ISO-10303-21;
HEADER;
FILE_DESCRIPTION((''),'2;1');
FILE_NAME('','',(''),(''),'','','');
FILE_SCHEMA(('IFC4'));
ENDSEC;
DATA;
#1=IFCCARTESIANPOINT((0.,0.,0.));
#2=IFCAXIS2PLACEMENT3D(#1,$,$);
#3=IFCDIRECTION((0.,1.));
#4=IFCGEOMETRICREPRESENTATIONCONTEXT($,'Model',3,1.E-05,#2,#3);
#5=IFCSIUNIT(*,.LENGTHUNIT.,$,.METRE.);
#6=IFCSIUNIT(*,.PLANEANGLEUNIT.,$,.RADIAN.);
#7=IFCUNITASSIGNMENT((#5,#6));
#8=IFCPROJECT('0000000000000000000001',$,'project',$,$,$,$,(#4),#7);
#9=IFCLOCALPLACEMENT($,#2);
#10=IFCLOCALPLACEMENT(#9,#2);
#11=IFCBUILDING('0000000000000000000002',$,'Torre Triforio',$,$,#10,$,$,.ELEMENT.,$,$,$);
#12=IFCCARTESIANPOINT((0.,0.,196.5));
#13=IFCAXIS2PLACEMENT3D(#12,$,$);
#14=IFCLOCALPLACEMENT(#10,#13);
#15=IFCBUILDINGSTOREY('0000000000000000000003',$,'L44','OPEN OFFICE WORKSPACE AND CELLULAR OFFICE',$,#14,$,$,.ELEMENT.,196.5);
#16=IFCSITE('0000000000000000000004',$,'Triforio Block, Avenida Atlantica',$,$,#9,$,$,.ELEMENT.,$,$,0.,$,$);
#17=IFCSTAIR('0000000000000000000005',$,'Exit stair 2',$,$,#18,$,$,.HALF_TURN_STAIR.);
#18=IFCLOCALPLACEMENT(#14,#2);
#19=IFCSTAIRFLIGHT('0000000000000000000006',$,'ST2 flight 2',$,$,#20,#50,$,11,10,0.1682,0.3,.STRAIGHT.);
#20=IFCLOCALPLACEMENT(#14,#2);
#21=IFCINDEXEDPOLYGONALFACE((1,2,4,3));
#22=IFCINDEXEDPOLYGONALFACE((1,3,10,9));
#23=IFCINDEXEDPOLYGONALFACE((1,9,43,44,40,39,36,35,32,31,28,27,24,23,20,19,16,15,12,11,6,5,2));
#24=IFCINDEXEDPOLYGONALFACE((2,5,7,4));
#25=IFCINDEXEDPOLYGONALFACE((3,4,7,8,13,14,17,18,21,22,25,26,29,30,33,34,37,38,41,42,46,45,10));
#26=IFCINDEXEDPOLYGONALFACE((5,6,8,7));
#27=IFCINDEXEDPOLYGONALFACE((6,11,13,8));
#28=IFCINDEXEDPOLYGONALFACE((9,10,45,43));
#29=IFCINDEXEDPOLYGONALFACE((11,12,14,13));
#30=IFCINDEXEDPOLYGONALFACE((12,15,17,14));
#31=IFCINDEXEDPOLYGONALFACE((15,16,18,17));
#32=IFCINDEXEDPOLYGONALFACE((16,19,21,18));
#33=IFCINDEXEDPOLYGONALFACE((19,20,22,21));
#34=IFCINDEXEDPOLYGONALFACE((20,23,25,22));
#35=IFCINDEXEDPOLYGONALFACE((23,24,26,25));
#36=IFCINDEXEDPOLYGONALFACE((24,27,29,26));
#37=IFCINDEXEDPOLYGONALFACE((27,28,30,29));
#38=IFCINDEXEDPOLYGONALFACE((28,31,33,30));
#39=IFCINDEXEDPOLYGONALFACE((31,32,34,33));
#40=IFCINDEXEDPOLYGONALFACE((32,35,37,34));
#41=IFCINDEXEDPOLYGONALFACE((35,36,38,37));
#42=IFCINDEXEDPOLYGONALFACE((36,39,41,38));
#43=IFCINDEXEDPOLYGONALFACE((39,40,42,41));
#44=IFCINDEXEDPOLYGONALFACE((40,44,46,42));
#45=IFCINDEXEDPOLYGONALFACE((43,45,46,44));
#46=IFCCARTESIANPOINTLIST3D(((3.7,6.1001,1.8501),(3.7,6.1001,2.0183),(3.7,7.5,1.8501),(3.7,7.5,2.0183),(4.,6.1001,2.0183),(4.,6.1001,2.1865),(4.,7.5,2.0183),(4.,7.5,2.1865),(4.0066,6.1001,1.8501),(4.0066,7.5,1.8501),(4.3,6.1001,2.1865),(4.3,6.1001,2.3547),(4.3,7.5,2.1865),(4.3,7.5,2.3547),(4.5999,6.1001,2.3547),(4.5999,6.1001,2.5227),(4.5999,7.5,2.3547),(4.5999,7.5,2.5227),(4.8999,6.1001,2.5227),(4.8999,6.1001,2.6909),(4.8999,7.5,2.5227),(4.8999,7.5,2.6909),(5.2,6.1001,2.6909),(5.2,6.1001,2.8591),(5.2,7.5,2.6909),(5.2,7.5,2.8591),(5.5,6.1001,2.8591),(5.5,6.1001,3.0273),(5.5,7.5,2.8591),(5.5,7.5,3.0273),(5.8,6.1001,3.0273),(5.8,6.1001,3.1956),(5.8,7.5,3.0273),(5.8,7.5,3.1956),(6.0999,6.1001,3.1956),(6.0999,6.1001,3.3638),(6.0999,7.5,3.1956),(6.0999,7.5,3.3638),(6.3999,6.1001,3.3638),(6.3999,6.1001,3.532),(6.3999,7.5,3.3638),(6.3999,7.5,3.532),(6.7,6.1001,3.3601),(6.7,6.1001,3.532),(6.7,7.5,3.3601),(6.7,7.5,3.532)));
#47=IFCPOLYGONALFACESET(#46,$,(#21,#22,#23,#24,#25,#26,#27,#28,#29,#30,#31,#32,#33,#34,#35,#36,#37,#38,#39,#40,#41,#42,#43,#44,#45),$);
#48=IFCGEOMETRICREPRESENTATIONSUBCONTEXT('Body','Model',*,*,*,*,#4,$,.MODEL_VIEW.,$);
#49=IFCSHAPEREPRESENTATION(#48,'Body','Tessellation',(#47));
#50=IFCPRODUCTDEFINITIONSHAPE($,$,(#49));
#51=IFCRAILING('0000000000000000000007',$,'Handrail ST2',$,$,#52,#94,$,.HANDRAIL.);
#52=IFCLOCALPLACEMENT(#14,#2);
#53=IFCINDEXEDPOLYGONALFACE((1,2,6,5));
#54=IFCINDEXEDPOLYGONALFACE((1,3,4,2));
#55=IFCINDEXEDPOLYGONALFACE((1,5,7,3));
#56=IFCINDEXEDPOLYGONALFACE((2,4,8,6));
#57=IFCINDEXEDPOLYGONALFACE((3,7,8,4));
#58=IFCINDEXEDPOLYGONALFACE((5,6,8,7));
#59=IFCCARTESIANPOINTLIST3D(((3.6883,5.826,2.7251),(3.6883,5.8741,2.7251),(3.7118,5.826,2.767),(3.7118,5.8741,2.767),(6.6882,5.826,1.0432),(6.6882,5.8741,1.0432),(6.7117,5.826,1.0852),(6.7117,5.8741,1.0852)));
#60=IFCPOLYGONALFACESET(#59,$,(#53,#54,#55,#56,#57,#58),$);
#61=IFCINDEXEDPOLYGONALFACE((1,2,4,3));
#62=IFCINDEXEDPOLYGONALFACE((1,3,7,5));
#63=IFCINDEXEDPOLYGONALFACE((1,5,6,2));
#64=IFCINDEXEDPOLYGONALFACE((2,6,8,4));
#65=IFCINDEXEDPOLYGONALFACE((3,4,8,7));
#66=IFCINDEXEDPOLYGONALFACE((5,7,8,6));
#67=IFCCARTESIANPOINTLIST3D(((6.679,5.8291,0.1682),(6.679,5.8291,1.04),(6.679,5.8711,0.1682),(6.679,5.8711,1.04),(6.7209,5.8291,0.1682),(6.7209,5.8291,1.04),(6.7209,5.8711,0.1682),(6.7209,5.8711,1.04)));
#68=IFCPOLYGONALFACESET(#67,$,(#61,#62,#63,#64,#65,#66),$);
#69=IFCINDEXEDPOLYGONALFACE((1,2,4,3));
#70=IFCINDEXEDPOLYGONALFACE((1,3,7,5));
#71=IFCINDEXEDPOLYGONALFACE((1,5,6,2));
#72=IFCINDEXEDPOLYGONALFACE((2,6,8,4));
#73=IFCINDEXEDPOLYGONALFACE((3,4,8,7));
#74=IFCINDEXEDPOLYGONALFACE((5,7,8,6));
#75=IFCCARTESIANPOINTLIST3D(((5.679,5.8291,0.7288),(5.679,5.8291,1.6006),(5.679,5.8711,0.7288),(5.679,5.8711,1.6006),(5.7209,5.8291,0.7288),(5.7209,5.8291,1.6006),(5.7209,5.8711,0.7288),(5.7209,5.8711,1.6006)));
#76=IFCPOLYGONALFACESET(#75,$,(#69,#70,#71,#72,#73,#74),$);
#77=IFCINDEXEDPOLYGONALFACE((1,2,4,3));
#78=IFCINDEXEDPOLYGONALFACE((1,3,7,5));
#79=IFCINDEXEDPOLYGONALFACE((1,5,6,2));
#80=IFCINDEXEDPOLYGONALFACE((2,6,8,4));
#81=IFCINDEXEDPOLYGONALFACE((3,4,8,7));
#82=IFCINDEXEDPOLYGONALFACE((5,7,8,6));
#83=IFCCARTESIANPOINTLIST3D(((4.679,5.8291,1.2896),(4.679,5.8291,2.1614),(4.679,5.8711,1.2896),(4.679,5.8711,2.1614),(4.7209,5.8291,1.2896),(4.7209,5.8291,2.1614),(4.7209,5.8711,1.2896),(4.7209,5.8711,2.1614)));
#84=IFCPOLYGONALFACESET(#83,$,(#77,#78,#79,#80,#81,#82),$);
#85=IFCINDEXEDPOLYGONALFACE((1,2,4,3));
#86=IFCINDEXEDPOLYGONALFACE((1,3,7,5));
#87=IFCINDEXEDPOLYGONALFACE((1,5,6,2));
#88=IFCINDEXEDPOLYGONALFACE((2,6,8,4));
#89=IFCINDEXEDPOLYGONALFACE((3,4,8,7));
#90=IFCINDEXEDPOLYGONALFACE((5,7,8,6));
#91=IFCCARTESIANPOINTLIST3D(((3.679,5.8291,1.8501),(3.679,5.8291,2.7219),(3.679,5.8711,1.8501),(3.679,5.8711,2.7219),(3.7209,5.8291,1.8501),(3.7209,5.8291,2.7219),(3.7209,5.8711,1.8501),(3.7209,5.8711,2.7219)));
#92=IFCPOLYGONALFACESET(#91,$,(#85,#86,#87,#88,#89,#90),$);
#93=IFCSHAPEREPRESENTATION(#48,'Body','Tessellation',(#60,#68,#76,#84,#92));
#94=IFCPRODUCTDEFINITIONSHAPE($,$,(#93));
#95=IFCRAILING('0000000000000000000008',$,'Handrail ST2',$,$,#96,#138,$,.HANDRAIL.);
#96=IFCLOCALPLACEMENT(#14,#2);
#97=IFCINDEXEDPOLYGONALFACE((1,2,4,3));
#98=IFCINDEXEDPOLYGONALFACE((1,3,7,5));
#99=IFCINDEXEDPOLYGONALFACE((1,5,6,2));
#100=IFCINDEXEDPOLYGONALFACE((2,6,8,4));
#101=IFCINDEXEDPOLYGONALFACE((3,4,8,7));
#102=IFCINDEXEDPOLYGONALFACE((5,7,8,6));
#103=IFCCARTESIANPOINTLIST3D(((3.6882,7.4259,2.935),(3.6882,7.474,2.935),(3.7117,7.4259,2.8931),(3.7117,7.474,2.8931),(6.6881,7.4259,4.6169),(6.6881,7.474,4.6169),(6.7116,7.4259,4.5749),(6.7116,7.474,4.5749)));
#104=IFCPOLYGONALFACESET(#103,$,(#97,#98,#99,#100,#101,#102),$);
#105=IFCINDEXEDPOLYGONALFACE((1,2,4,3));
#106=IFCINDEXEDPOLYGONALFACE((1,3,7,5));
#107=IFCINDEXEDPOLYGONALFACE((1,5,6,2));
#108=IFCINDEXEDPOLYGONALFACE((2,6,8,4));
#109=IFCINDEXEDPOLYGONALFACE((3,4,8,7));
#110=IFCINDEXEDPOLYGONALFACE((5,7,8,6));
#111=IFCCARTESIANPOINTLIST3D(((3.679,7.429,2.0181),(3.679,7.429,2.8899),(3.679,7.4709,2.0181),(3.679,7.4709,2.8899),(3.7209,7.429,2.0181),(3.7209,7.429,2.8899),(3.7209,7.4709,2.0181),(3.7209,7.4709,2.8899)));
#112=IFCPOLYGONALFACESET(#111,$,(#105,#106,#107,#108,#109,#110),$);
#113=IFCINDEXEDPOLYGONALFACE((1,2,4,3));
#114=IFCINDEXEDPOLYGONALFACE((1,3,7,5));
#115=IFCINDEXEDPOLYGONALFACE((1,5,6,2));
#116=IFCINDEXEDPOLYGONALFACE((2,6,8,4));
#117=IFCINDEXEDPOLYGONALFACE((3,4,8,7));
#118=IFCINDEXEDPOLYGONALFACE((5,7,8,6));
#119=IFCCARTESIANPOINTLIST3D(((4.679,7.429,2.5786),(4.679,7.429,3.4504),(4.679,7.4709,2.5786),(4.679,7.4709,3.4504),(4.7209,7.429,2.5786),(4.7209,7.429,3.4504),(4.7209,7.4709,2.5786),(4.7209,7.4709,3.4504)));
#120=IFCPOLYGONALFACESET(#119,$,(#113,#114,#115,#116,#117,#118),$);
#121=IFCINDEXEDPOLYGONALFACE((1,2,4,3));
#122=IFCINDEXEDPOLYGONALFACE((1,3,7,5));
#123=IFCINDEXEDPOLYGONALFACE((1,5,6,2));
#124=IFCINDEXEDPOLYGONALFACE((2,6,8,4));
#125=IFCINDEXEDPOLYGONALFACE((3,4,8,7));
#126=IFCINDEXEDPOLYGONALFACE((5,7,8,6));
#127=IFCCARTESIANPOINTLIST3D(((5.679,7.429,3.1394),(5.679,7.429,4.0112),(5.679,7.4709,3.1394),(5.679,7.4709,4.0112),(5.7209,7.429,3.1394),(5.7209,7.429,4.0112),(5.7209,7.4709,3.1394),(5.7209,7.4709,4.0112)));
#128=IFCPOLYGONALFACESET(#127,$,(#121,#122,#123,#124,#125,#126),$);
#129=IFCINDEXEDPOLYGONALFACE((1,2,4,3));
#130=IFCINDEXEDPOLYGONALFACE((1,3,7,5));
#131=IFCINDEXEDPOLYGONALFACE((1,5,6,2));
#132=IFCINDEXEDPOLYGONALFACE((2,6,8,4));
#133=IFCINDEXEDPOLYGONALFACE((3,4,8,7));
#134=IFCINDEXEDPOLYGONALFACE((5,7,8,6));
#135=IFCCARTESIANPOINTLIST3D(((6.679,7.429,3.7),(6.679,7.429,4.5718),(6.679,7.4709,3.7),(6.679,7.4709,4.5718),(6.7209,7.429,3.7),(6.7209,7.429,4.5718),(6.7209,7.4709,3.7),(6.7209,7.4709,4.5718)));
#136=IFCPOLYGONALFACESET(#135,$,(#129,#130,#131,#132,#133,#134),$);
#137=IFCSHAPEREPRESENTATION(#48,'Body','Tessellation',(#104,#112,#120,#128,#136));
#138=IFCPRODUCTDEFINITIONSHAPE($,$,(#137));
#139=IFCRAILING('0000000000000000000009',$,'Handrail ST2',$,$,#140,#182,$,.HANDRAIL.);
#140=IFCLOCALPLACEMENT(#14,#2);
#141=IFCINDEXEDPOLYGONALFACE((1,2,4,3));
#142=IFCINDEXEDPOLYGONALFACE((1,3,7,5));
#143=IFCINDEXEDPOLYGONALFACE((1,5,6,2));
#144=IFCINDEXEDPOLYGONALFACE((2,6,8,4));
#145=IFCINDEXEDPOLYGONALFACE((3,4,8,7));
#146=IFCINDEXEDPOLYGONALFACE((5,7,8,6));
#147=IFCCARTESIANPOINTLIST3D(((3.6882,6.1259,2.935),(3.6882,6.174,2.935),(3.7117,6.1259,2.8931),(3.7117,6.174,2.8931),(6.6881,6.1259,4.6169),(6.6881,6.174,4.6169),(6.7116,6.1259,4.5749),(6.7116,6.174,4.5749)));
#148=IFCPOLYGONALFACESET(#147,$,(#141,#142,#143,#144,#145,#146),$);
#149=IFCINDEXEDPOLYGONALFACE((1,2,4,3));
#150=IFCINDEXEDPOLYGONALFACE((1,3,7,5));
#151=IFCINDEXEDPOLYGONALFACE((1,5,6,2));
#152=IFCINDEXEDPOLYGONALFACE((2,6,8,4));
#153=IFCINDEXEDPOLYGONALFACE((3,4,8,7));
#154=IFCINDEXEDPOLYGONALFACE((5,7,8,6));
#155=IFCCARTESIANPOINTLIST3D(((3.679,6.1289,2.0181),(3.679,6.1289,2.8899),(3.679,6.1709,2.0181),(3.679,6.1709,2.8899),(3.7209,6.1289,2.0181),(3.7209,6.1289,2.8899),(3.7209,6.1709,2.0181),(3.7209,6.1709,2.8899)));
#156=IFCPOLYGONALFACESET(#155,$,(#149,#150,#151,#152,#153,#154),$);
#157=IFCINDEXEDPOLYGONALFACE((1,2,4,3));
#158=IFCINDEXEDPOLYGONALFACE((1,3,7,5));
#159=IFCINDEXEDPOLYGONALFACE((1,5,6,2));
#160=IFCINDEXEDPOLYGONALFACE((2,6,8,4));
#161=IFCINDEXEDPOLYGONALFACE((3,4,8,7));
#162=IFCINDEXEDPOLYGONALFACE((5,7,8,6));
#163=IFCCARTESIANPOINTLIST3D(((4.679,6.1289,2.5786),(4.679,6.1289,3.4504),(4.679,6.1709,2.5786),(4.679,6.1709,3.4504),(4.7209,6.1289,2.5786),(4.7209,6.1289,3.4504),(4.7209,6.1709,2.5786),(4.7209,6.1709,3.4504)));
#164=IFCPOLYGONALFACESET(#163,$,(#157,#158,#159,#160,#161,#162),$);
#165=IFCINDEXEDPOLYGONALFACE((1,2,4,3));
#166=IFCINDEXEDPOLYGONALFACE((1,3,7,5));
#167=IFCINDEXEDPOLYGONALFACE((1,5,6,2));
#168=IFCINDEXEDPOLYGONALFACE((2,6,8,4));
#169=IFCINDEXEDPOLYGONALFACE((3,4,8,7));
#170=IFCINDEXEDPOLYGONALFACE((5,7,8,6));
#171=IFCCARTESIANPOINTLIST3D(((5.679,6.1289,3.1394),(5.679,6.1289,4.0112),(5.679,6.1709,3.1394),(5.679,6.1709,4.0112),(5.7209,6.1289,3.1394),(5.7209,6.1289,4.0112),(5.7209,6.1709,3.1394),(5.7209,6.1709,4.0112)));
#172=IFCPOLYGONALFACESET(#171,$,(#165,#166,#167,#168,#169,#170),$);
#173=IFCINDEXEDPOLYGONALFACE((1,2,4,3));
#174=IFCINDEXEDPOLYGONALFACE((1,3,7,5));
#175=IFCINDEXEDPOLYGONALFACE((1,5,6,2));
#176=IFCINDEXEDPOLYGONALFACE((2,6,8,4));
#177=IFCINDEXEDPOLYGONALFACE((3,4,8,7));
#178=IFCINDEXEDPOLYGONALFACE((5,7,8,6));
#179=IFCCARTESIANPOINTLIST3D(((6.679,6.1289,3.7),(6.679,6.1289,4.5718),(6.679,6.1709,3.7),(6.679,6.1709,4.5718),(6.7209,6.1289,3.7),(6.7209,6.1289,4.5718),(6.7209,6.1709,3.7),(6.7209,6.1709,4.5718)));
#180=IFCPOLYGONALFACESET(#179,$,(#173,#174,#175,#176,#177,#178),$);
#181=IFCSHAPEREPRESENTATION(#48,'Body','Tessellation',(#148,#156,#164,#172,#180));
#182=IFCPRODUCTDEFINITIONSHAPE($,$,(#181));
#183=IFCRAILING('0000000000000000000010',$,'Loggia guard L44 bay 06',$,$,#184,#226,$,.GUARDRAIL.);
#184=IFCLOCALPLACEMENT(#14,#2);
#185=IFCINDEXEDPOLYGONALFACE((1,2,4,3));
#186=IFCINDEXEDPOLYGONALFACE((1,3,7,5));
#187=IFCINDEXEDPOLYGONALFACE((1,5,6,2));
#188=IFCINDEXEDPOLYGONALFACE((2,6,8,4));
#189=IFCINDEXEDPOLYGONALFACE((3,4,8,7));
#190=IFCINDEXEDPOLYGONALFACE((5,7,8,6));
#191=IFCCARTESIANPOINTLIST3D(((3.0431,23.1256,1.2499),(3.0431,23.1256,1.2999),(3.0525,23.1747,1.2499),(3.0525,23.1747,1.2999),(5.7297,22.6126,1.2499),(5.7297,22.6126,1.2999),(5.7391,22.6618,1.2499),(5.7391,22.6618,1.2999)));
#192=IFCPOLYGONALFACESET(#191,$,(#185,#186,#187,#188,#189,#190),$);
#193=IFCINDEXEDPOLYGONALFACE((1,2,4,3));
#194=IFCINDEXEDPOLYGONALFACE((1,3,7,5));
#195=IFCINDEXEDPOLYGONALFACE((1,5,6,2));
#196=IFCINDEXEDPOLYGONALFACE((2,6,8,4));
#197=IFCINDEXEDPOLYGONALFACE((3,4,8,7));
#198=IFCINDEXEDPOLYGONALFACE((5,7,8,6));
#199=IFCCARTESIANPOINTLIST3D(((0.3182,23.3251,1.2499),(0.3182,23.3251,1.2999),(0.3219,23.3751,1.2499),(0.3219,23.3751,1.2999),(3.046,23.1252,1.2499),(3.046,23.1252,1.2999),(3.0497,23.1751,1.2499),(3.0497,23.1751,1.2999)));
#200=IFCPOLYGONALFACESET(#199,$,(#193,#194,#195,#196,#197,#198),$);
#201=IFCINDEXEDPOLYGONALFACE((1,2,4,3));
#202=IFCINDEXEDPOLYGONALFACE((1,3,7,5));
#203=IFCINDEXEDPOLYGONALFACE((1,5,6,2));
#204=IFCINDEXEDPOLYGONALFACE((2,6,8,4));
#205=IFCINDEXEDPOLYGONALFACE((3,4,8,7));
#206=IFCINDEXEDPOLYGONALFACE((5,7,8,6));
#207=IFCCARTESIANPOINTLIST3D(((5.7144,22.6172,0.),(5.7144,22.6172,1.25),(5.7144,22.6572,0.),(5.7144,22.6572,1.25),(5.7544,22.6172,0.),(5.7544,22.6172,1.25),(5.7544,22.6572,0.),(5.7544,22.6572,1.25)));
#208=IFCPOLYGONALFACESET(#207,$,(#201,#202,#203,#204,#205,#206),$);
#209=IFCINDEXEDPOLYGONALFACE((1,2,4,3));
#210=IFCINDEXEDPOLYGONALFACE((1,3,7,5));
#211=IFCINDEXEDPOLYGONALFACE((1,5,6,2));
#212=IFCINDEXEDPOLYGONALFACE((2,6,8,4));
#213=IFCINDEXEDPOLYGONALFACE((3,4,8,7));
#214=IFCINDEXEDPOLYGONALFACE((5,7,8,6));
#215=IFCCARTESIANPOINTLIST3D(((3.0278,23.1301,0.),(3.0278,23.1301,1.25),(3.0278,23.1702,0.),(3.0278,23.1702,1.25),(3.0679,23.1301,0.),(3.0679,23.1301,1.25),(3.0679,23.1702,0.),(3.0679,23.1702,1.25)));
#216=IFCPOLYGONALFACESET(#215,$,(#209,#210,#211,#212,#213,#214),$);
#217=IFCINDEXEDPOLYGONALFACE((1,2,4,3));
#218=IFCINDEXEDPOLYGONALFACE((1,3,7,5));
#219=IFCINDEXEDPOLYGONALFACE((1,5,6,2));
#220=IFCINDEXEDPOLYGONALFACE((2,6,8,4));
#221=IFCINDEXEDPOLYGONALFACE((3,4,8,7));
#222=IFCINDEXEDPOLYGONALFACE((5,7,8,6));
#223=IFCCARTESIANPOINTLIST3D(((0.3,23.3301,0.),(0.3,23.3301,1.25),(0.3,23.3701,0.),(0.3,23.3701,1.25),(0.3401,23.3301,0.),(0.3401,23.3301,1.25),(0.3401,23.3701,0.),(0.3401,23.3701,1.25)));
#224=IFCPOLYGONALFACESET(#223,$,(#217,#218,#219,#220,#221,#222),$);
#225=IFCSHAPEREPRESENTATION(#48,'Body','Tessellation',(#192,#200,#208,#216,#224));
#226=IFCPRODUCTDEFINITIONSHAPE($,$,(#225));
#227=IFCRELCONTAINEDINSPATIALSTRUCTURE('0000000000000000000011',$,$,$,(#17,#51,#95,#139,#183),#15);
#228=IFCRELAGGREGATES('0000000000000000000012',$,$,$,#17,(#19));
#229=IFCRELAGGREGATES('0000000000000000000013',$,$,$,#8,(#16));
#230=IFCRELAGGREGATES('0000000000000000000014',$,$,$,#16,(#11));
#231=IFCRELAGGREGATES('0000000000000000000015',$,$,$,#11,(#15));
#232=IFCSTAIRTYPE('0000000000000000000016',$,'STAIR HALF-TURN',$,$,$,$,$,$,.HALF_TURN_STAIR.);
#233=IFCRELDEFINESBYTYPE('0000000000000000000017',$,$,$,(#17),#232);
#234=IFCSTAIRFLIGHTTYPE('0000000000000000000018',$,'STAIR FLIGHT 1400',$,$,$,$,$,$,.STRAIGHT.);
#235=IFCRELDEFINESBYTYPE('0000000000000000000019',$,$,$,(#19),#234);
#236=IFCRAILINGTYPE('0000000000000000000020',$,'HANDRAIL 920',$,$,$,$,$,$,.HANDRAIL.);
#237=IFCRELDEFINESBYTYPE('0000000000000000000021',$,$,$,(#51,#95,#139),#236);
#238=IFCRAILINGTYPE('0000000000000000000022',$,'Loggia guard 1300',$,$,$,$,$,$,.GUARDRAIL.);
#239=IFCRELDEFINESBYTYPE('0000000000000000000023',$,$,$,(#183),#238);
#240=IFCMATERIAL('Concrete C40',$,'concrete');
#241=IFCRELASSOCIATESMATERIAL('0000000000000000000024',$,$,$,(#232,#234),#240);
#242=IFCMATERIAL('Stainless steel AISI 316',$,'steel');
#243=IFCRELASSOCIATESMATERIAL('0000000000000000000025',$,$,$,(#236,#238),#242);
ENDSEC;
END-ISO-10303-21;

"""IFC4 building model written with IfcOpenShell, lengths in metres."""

from ifc_helpers import new_model, si_unit, direction, frame, origin, origin_2d, place, context, subcontext, project, spatial, polyline, rectangle, outline, extrude, material, type_object, element, aggregate, save


model = new_model("IFC4")

# Units and contexts
model_context = context("Model", 3, precision=1e-05, world=origin(), true_north=direction((0.0, 1.0)))
body_context = subcontext(model_context, "Body", "Model", "MODEL_VIEW")
ifc_project = project(units=[si_unit("LENGTHUNIT", "METRE"), si_unit("PLANEANGLEUNIT", "RADIAN")], contexts=[model_context])

# Site, building, storey
site_placement = place(None, origin())
site = spatial("IfcSite", under=ifc_project, at=site_placement, Name="Triforio Block, Avenida Atlantica", CompositionType="ELEMENT", RefElevation=0.0)
building_placement = place(site_placement, origin())
building = spatial("IfcBuilding", under=site, at=building_placement, Name="Torre Triforio", CompositionType="ELEMENT")
storey_placement = place(building_placement, frame((0.0, 0.0, 196.5)))
storey = spatial("IfcBuildingStorey", under=building, at=storey_placement, Name="L44", Description="OPEN OFFICE WORKSPACE AND CELLULAR OFFICE", CompositionType="ELEMENT", Elevation=196.5)

# Shared definitions
ifc_material_1 = material(Name="Concrete C40", Category="concrete")

# Stair, stair flight
stair_type = type_object("IfcStairType", Name="STAIR HALF-TURN", PredefinedType="HALF_TURN_STAIR", material=ifc_material_1)
stair_placement = place(storey_placement, origin())
stair = element("IfcStair", 1, at=stair_placement, inside=storey, type_object=stair_type, Name="Exit stair 2", PredefinedType="HALF_TURN_STAIR")
stair_flight_type = type_object("IfcStairFlightType", Name="STAIR FLIGHT 1400", PredefinedType="STRAIGHT", material=ifc_material_1)
stair_flight_placement = place(storey_placement, frame((3.7, 6.8, 1.8501), z_axis=(0.0, 0.0, 1.0), x_axis=(1.0, 0.0, 0.0)))
stair_flight = element("IfcStairFlight", 2, at=stair_flight_placement, type_object=stair_flight_type, Name="ST2 flight 2", NumberOfRisers=11, NumberOfTreads=10, PredefinedType="STRAIGHT", RiserHeight=0.1682, TreadLength=0.3, context=body_context, shape_type="SweptSolid", body=[
    extrude(outline(polyline([(0.0, 0.0), (0.0, 0.1682), (0.3, 0.1682), (0.3, 0.3364), (0.6001, 0.3364), (0.6001, 0.5046), (0.8999, 0.5046), (0.8999, 0.6726), (1.2, 0.6726), (1.2, 0.8408), (1.5, 0.8408), (1.5, 1.009), (1.8, 1.009), (1.8, 1.1772), (2.1001, 1.1772), (2.1001, 1.3455), (2.3999, 1.3455), (2.3999, 1.5137), (2.7, 1.5137), (2.7, 1.6819), (3.0, 1.6819), (3.0, 1.8501), (3.0, 1.51), (0.3066, 0.0), (0.0, 0.0)])), frame((0.0, 0.7, 0.0), z_axis=(0.0, -1.0, 0.0), x_axis=(1.0, 0.0, 0.0)), (0.0, 0.0, 1.0), 1.3999),
])
aggregate(stair, [stair_flight])

# Railings
ifc_material_2 = material(Name="Stainless steel AISI 316", Category="steel")
railing_type_1 = type_object("IfcRailingType", Name="HANDRAIL 920", PredefinedType="HANDRAIL", material=ifc_material_2)
railing_1_placement = place(storey_placement, frame((6.7, 5.8501, 0.1682)))
element("IfcRailing", 3, at=railing_1_placement, inside=storey, type_object=railing_type_1, Name="Handrail ST2", PredefinedType="HANDRAIL", context=body_context, shape_type="SweptSolid", body=[
    extrude(rectangle(XDim=0.0481, YDim=0.0481, at=origin_2d()), frame((0.0, 0.0, 0.896), z_axis=(-0.872272, 0.0, 0.48902), x_axis=(0.0, -1.0, 0.0)), (0.0, 0.0, 1.0), 3.4392),
    extrude(rectangle(XDim=0.042, YDim=0.042, at=origin_2d()), origin(), (0.0, 0.0, 1.0), 0.8718),
    extrude(rectangle(XDim=0.042, YDim=0.042, at=origin_2d()), frame((-1.0, 0.0, 0.5605)), (0.0, 0.0, 1.0), 0.8718),
    extrude(rectangle(XDim=0.042, YDim=0.042, at=origin_2d()), frame((-2.0, 0.0, 1.1213)), (0.0, 0.0, 1.0), 0.8718),
    extrude(rectangle(XDim=0.042, YDim=0.042, at=origin_2d()), frame((-3.0, 0.0, 1.6819)), (0.0, 0.0, 1.0), 0.8718),
])
for number, where, name in (
    (4, (3.7, 7.45, 2.0181), "Handrail ST2"),
    (5, (3.7, 6.1499, 2.0181), "Handrail ST2"),
):
    element("IfcRailing", number, at=place(storey_placement, frame(where)), inside=storey, type_object=railing_type_1, Name=name, PredefinedType="HANDRAIL", context=body_context, shape_type="SweptSolid", body=[
        extrude(rectangle(XDim=0.0481, YDim=0.0481, at=origin_2d()), frame((0.0, 0.0, 0.896), z_axis=(0.872272, 0.0, 0.48902), x_axis=(0.0, 1.0, 0.0)), (0.0, 0.0, 1.0), 3.4392),
        extrude(rectangle(XDim=0.042, YDim=0.042, at=origin_2d()), origin(), (0.0, 0.0, 1.0), 0.8718),
        extrude(rectangle(XDim=0.042, YDim=0.042, at=origin_2d()), frame((1.0, 0.0, 0.5605)), (0.0, 0.0, 1.0), 0.8718),
        extrude(rectangle(XDim=0.042, YDim=0.042, at=origin_2d()), frame((2.0, 0.0, 1.1213)), (0.0, 0.0, 1.0), 0.8718),
        extrude(rectangle(XDim=0.042, YDim=0.042, at=origin_2d()), frame((3.0, 0.0, 1.6819)), (0.0, 0.0, 1.0), 0.8718),
    ])
railing_type_2 = type_object("IfcRailingType", Name="Loggia guard 1300", PredefinedType="GUARDRAIL", material=ifc_material_2)
railing_2_placement = place(storey_placement, frame((5.7344, 22.6372, 0.0)))
element("IfcRailing", 6, at=railing_2_placement, inside=storey, type_object=railing_type_2, Name="Loggia guard L44 bay 06", PredefinedType="GUARDRAIL", context=body_context, shape_type="SweptSolid", body=[
    extrude(rectangle(XDim=0.05, YDim=0.05, at=origin_2d()), frame((0.0, 0.0, 1.2749), z_axis=(-0.982256, 0.187543, 0.0), x_axis=(-0.187543, -0.982256, 0.0)), (0.0, 0.0, 1.0), 2.7351),
    extrude(rectangle(XDim=0.05, YDim=0.05, at=origin_2d()), frame((-2.6865, 0.5129, 1.2749), z_axis=(-0.997324, 0.073106, 0.0), x_axis=(-0.073106, -0.997324, 0.0)), (0.0, 0.0, 1.0), 2.7351),
    extrude(rectangle(XDim=0.04, YDim=0.04, at=origin_2d()), origin(), (0.0, 0.0, 1.0), 1.25),
    extrude(rectangle(XDim=0.04, YDim=0.04, at=origin_2d()), frame((-2.6865, 0.5129, 0.0)), (0.0, 0.0, 1.0), 1.25),
    extrude(rectangle(XDim=0.04, YDim=0.04, at=origin_2d()), frame((-5.4143, 0.7129, 0.0)), (0.0, 0.0, 1.0), 1.25),
])

save(model, "model.ifc")
